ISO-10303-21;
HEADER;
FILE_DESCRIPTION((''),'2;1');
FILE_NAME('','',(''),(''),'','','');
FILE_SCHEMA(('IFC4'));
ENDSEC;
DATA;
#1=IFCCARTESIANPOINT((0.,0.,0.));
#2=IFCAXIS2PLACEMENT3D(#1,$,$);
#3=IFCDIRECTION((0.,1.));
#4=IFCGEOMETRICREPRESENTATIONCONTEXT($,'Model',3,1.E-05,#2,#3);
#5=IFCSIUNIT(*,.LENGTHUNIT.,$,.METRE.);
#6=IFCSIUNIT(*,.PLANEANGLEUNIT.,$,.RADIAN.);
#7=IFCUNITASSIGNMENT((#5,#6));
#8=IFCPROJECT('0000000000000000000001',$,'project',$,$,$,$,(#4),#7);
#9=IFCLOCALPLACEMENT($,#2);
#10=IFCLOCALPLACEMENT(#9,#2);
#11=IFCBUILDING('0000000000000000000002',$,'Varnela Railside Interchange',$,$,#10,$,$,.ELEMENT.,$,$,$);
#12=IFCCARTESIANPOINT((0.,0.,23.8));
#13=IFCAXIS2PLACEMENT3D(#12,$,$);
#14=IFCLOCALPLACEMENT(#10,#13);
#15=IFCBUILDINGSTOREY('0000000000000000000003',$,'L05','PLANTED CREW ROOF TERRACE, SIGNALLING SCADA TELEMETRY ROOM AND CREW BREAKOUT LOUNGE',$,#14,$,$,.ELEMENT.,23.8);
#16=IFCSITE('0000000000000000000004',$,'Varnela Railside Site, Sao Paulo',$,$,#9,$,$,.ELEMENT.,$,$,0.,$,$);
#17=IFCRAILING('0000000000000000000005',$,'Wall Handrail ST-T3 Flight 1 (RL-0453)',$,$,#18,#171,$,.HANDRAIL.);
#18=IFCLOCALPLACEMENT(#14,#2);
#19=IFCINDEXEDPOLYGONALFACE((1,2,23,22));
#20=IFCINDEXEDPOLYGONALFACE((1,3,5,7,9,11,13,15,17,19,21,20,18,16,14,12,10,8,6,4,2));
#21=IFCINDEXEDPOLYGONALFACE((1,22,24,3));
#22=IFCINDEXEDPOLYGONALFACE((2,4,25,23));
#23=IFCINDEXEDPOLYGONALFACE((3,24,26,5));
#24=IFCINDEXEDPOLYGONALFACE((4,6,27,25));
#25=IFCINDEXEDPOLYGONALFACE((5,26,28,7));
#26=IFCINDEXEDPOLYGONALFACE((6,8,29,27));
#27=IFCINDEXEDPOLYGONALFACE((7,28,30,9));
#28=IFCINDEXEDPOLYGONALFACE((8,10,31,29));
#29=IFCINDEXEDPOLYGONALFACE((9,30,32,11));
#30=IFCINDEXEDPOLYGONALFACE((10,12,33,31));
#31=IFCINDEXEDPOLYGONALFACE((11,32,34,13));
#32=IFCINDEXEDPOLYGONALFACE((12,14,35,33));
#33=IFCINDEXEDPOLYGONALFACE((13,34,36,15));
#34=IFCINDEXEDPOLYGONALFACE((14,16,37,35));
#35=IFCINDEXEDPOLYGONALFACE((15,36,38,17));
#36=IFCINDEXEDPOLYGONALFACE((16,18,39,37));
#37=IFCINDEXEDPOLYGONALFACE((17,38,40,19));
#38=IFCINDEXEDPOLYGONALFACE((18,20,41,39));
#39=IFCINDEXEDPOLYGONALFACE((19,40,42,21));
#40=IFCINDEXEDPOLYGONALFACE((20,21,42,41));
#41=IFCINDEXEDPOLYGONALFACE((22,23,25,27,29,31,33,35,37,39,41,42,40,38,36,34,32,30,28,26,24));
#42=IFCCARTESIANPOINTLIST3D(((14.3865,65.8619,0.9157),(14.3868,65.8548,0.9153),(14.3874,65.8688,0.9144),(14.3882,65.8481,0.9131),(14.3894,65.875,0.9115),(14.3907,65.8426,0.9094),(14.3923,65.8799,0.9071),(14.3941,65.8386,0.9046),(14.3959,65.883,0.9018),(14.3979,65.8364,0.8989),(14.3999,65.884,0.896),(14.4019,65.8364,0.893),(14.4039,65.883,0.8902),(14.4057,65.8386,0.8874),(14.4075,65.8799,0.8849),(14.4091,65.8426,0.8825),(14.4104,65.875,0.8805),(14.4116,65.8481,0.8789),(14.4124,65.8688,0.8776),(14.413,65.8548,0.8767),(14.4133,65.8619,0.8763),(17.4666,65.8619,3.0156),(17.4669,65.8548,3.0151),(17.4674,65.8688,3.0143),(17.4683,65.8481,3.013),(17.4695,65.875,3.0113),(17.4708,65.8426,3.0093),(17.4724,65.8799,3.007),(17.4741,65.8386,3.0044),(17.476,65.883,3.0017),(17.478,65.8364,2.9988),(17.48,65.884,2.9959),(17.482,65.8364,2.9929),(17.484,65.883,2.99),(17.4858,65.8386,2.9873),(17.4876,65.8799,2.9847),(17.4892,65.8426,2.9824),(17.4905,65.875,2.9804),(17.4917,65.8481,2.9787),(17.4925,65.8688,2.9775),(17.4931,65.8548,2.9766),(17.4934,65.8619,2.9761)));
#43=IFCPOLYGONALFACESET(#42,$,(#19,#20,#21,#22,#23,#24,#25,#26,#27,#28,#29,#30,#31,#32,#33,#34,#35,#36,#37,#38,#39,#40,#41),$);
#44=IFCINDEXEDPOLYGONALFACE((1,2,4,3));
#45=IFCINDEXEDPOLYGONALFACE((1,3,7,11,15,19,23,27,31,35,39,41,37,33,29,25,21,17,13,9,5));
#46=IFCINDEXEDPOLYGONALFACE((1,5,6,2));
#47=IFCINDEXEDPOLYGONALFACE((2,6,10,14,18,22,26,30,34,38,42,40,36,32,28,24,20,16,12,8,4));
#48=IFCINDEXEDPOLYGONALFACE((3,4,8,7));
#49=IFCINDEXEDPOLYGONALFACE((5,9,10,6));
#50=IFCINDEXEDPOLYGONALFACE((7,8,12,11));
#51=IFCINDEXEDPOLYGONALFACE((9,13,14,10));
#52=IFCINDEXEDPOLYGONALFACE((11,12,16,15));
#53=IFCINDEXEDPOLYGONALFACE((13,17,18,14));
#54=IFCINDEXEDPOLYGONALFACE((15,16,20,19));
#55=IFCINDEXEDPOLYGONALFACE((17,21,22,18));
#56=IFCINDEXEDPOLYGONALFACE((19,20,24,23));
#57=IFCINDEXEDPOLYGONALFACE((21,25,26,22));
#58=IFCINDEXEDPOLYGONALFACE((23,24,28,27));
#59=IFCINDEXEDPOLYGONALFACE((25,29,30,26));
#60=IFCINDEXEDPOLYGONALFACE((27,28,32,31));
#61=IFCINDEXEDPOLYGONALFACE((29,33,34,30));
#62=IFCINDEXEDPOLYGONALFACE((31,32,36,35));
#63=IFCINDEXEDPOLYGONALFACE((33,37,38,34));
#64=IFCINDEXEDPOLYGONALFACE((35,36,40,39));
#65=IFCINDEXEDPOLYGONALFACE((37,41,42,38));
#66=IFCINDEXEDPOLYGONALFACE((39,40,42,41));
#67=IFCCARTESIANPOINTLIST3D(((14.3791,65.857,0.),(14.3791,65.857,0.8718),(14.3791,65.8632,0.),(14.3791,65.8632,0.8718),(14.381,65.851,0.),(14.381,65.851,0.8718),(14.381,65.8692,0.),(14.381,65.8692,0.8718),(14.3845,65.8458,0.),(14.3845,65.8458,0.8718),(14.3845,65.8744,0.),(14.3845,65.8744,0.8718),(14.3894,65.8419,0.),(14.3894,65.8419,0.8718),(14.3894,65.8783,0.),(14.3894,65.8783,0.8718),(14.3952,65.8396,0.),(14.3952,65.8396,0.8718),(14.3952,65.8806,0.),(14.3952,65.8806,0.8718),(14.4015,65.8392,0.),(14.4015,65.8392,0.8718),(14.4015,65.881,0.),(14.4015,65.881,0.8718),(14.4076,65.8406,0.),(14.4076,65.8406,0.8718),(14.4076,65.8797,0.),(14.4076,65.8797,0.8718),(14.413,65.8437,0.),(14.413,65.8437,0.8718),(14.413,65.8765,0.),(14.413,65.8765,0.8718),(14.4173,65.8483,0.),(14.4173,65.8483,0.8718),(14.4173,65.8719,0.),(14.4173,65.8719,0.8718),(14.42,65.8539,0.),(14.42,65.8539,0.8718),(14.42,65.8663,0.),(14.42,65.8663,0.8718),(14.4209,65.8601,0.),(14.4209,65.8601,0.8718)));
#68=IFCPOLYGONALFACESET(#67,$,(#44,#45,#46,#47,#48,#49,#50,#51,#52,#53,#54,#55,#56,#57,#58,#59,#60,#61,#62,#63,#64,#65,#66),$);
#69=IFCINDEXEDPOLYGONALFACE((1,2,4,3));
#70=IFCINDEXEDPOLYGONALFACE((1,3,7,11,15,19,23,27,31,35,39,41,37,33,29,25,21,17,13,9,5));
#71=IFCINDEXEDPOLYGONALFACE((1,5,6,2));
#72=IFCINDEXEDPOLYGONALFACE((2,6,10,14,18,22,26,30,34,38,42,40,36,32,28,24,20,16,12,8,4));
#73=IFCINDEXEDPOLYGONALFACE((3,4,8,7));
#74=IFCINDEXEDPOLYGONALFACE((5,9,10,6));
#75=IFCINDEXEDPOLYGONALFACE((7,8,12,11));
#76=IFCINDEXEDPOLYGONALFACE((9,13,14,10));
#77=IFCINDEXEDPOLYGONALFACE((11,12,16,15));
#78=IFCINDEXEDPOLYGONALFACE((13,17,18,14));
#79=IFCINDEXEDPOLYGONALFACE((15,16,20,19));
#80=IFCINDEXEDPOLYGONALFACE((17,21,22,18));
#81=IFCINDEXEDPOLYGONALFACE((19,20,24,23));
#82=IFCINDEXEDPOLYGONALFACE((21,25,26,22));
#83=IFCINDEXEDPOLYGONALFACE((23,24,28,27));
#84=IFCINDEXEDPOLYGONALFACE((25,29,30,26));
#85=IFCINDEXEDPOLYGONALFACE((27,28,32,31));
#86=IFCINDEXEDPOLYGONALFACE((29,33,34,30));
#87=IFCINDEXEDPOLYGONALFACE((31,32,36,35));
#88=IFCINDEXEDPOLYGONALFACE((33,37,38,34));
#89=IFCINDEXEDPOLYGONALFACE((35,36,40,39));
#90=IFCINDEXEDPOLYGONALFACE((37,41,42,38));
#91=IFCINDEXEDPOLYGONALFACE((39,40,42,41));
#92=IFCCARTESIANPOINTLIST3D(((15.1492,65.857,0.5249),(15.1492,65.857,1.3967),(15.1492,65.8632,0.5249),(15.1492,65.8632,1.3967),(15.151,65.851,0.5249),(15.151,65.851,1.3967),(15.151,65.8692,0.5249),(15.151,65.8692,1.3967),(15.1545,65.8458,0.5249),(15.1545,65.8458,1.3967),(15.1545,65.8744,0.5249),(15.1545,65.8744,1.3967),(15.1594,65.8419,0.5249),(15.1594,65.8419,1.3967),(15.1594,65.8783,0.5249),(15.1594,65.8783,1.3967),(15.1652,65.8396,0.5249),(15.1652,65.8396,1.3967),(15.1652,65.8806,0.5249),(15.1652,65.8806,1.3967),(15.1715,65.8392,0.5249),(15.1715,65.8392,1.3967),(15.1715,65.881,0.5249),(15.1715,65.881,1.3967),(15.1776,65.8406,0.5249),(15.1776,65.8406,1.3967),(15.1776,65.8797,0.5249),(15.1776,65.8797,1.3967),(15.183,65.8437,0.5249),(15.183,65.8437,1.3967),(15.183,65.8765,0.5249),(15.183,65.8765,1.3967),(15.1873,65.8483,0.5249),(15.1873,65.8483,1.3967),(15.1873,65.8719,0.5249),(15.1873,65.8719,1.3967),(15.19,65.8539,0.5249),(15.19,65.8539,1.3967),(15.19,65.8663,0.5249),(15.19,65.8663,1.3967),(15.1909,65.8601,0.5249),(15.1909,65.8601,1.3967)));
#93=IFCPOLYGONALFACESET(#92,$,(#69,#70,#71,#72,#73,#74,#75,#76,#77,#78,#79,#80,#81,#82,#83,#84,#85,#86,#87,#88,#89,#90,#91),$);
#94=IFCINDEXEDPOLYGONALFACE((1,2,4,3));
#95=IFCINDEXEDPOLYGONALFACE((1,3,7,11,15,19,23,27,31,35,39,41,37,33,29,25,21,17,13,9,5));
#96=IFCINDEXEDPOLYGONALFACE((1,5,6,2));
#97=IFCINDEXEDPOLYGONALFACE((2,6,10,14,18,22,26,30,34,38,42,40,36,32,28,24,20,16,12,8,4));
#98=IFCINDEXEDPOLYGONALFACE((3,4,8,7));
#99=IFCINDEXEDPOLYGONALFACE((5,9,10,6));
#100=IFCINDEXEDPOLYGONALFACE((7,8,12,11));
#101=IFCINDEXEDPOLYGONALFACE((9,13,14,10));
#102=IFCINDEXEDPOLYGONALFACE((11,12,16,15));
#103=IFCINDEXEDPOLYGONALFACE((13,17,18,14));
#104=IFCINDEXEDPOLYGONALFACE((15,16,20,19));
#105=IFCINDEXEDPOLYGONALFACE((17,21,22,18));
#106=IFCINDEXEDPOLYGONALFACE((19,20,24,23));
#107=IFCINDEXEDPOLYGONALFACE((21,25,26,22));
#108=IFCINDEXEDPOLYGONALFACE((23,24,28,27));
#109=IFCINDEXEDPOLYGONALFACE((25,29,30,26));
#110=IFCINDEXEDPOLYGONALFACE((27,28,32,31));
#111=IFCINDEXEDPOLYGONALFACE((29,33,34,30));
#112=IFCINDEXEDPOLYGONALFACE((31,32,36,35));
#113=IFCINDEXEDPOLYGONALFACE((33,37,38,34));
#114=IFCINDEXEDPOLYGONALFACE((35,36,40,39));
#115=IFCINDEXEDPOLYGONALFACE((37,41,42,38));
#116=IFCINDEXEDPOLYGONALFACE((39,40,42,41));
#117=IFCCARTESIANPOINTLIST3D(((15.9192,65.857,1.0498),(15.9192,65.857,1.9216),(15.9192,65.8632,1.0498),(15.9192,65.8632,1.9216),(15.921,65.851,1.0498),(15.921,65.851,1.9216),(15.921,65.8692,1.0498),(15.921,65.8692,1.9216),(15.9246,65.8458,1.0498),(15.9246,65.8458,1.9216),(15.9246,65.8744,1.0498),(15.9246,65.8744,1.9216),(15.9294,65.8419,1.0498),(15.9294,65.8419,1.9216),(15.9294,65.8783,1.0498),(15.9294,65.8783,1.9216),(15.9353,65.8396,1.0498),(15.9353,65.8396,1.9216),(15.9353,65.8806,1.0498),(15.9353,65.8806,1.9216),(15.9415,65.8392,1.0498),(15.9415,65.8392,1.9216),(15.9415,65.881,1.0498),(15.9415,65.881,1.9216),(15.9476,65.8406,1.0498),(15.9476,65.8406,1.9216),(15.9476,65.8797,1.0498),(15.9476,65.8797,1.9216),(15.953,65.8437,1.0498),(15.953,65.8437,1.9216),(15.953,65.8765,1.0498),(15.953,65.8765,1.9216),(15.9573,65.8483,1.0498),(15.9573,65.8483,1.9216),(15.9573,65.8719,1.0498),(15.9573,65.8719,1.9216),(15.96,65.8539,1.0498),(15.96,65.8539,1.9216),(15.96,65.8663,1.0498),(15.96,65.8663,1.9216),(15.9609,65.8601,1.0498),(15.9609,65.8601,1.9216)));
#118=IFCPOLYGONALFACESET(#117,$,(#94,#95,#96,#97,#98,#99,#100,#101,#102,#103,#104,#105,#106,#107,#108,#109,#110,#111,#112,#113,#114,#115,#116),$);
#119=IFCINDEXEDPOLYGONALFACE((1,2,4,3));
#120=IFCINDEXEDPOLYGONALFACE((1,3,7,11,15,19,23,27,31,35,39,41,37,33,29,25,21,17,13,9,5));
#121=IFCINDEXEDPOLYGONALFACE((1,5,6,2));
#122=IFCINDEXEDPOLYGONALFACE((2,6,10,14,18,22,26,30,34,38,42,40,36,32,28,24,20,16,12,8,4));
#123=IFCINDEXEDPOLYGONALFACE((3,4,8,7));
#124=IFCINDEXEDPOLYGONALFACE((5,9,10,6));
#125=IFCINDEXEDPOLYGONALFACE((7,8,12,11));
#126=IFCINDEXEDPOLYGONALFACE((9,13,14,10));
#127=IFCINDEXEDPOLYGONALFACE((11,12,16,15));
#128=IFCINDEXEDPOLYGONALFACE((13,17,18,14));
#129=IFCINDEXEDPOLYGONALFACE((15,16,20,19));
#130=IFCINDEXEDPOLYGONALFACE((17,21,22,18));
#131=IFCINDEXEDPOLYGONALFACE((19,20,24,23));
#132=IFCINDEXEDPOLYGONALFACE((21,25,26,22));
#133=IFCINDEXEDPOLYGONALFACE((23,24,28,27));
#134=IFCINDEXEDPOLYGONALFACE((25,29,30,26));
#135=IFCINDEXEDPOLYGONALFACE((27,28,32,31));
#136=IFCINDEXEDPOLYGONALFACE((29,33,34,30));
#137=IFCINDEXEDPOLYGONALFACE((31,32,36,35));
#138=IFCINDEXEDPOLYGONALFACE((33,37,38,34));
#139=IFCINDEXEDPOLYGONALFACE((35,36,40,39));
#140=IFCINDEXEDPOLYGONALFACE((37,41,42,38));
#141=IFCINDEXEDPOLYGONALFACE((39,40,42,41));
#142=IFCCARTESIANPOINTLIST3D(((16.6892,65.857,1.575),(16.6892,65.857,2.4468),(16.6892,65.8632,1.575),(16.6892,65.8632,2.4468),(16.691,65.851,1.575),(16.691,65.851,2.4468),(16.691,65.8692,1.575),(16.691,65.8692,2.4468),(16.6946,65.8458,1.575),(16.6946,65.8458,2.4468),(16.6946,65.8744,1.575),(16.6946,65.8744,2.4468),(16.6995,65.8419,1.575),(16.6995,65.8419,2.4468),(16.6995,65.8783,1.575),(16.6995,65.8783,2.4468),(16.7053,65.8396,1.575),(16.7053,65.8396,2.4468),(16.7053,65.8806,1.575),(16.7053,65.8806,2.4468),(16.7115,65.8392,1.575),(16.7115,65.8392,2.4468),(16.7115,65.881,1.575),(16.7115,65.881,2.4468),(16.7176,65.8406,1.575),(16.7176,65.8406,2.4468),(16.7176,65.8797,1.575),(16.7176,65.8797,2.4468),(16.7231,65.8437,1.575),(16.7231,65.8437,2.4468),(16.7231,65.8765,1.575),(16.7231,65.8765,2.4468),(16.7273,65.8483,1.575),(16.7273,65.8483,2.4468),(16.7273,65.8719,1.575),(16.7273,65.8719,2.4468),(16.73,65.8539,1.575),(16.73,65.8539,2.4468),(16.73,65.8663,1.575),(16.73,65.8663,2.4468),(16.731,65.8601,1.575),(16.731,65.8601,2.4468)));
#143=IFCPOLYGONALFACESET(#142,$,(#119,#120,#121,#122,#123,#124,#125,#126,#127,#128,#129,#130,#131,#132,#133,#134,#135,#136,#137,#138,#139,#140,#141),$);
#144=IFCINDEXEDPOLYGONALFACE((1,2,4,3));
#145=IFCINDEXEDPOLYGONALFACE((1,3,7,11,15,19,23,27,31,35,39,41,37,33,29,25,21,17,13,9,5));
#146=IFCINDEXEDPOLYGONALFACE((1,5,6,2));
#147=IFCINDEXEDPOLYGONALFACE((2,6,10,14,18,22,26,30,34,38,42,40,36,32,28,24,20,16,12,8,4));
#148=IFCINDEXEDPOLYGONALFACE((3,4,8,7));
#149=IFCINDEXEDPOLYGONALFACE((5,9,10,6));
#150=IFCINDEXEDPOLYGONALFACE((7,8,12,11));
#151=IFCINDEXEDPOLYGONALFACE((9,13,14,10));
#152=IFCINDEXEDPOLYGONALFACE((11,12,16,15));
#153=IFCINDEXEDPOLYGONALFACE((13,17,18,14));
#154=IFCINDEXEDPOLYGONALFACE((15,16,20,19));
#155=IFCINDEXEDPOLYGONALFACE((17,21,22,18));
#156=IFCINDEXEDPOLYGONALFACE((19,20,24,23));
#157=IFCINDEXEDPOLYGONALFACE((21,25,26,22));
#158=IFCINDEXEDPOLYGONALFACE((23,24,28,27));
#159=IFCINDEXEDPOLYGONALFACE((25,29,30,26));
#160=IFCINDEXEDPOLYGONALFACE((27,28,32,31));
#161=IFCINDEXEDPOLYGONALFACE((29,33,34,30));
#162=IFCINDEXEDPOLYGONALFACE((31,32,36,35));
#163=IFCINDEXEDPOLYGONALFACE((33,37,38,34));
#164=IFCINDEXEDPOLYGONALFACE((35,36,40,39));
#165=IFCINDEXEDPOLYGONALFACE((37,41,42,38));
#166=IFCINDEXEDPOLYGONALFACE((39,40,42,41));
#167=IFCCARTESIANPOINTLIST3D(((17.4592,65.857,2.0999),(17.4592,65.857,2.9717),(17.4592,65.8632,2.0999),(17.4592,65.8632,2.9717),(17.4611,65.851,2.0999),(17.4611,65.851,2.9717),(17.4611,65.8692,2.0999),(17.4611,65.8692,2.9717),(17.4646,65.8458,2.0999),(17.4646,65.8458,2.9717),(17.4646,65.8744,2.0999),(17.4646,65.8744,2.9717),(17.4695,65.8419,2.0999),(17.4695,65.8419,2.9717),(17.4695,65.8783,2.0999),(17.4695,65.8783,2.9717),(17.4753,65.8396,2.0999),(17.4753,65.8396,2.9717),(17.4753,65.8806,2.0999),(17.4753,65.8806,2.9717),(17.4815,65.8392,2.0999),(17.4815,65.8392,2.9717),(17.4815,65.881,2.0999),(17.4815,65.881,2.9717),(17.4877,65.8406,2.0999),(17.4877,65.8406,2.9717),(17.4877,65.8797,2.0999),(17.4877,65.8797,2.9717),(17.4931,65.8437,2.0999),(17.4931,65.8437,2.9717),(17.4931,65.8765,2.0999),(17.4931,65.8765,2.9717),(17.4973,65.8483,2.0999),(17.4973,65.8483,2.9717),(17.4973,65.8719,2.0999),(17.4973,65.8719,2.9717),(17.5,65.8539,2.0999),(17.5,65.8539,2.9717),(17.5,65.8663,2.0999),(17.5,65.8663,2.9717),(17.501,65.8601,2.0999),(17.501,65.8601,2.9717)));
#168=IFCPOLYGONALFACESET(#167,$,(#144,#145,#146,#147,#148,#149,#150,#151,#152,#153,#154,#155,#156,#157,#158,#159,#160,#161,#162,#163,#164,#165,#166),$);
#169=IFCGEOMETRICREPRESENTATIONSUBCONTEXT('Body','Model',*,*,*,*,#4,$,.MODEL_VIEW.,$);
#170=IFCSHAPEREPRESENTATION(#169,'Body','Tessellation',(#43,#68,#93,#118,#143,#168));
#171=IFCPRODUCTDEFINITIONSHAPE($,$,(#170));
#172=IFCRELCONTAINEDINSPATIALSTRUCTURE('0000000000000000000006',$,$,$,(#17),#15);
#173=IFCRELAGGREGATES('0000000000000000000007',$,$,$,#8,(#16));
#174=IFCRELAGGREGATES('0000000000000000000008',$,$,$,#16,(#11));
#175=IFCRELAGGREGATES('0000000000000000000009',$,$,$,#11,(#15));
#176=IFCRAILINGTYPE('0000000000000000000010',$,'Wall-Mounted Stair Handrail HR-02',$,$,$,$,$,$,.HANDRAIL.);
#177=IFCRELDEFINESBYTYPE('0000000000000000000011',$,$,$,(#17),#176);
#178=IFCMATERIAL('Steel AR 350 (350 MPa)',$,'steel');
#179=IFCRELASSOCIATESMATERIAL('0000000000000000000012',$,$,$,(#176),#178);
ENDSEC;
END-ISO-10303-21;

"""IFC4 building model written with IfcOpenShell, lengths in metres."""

from ifc_helpers import new_model, si_unit, direction, frame, origin, origin_2d, place, context, subcontext, project, spatial, circle, extrude, material, type_object, element, save


model = new_model("IFC4")

# Units and contexts
model_context = context("Model", 3, precision=1e-05, world=origin(), true_north=direction((0.0, 1.0)))
body_context = subcontext(model_context, "Body", "Model", "MODEL_VIEW")
ifc_project = project(units=[si_unit("LENGTHUNIT", "METRE"), si_unit("PLANEANGLEUNIT", "RADIAN")], contexts=[model_context])

# Site, building, storey
site_placement = place(None, origin())
site = spatial("IfcSite", under=ifc_project, at=site_placement, Name="Varnela Railside Site, Sao Paulo", CompositionType="ELEMENT", RefElevation=0.0)
building_placement = place(site_placement, origin())
building = spatial("IfcBuilding", under=site, at=building_placement, Name="Varnela Railside Interchange", CompositionType="ELEMENT")
storey_placement = place(building_placement, frame((0.0, 0.0, 23.8)))
storey = spatial("IfcBuildingStorey", under=building, at=storey_placement, Name="L05", Description="PLANTED CREW ROOF TERRACE, SIGNALLING SCADA TELEMETRY ROOM AND CREW BREAKOUT LOUNGE", CompositionType="ELEMENT", Elevation=23.8)

# Shared definitions
ifc_material_1 = material(Name="Steel AR 350 (350 MPa)", Category="steel")

# Railing
railing_type_1 = type_object("IfcRailingType", Name="Wall-Mounted Stair Handrail HR-02", PredefinedType="HANDRAIL", material=ifc_material_1)
for number, where, name in (
    (1, (14.3999, 65.8601, 0.0), "Wall Handrail ST-T3 Flight 1 (RL-0453)"),
):
    element("IfcRailing", number, at=place(storey_placement, frame(where)), inside=storey, type_object=railing_type_1, Name=name, PredefinedType="HANDRAIL", context=body_context, shape_type="SweptSolid", body=[
        extrude(circle(Radius=0.0239, at=origin_2d()), frame((0.0, 0.0, 0.896), z_axis=(0.826252, 0.0, 0.5633), x_axis=(0.0, 1.0, 0.0)), (0.0, 0.0, 1.0), 3.7278),
        extrude(circle(Radius=0.021, at=origin_2d()), origin(), (0.0, 0.0, 1.0), 0.8718),
        extrude(circle(Radius=0.021, at=origin_2d()), frame((0.77, 0.0, 0.5249)), (0.0, 0.0, 1.0), 0.8718),
        extrude(circle(Radius=0.021, at=origin_2d()), frame((1.54, 0.0, 1.0498)), (0.0, 0.0, 1.0), 0.8718),
        extrude(circle(Radius=0.021, at=origin_2d()), frame((2.3101, 0.0, 1.575)), (0.0, 0.0, 1.0), 0.8718),
        extrude(circle(Radius=0.021, at=origin_2d()), frame((3.0801, 0.0, 2.0999)), (0.0, 0.0, 1.0), 0.8718),
    ])

save(model, "model.ifc")
